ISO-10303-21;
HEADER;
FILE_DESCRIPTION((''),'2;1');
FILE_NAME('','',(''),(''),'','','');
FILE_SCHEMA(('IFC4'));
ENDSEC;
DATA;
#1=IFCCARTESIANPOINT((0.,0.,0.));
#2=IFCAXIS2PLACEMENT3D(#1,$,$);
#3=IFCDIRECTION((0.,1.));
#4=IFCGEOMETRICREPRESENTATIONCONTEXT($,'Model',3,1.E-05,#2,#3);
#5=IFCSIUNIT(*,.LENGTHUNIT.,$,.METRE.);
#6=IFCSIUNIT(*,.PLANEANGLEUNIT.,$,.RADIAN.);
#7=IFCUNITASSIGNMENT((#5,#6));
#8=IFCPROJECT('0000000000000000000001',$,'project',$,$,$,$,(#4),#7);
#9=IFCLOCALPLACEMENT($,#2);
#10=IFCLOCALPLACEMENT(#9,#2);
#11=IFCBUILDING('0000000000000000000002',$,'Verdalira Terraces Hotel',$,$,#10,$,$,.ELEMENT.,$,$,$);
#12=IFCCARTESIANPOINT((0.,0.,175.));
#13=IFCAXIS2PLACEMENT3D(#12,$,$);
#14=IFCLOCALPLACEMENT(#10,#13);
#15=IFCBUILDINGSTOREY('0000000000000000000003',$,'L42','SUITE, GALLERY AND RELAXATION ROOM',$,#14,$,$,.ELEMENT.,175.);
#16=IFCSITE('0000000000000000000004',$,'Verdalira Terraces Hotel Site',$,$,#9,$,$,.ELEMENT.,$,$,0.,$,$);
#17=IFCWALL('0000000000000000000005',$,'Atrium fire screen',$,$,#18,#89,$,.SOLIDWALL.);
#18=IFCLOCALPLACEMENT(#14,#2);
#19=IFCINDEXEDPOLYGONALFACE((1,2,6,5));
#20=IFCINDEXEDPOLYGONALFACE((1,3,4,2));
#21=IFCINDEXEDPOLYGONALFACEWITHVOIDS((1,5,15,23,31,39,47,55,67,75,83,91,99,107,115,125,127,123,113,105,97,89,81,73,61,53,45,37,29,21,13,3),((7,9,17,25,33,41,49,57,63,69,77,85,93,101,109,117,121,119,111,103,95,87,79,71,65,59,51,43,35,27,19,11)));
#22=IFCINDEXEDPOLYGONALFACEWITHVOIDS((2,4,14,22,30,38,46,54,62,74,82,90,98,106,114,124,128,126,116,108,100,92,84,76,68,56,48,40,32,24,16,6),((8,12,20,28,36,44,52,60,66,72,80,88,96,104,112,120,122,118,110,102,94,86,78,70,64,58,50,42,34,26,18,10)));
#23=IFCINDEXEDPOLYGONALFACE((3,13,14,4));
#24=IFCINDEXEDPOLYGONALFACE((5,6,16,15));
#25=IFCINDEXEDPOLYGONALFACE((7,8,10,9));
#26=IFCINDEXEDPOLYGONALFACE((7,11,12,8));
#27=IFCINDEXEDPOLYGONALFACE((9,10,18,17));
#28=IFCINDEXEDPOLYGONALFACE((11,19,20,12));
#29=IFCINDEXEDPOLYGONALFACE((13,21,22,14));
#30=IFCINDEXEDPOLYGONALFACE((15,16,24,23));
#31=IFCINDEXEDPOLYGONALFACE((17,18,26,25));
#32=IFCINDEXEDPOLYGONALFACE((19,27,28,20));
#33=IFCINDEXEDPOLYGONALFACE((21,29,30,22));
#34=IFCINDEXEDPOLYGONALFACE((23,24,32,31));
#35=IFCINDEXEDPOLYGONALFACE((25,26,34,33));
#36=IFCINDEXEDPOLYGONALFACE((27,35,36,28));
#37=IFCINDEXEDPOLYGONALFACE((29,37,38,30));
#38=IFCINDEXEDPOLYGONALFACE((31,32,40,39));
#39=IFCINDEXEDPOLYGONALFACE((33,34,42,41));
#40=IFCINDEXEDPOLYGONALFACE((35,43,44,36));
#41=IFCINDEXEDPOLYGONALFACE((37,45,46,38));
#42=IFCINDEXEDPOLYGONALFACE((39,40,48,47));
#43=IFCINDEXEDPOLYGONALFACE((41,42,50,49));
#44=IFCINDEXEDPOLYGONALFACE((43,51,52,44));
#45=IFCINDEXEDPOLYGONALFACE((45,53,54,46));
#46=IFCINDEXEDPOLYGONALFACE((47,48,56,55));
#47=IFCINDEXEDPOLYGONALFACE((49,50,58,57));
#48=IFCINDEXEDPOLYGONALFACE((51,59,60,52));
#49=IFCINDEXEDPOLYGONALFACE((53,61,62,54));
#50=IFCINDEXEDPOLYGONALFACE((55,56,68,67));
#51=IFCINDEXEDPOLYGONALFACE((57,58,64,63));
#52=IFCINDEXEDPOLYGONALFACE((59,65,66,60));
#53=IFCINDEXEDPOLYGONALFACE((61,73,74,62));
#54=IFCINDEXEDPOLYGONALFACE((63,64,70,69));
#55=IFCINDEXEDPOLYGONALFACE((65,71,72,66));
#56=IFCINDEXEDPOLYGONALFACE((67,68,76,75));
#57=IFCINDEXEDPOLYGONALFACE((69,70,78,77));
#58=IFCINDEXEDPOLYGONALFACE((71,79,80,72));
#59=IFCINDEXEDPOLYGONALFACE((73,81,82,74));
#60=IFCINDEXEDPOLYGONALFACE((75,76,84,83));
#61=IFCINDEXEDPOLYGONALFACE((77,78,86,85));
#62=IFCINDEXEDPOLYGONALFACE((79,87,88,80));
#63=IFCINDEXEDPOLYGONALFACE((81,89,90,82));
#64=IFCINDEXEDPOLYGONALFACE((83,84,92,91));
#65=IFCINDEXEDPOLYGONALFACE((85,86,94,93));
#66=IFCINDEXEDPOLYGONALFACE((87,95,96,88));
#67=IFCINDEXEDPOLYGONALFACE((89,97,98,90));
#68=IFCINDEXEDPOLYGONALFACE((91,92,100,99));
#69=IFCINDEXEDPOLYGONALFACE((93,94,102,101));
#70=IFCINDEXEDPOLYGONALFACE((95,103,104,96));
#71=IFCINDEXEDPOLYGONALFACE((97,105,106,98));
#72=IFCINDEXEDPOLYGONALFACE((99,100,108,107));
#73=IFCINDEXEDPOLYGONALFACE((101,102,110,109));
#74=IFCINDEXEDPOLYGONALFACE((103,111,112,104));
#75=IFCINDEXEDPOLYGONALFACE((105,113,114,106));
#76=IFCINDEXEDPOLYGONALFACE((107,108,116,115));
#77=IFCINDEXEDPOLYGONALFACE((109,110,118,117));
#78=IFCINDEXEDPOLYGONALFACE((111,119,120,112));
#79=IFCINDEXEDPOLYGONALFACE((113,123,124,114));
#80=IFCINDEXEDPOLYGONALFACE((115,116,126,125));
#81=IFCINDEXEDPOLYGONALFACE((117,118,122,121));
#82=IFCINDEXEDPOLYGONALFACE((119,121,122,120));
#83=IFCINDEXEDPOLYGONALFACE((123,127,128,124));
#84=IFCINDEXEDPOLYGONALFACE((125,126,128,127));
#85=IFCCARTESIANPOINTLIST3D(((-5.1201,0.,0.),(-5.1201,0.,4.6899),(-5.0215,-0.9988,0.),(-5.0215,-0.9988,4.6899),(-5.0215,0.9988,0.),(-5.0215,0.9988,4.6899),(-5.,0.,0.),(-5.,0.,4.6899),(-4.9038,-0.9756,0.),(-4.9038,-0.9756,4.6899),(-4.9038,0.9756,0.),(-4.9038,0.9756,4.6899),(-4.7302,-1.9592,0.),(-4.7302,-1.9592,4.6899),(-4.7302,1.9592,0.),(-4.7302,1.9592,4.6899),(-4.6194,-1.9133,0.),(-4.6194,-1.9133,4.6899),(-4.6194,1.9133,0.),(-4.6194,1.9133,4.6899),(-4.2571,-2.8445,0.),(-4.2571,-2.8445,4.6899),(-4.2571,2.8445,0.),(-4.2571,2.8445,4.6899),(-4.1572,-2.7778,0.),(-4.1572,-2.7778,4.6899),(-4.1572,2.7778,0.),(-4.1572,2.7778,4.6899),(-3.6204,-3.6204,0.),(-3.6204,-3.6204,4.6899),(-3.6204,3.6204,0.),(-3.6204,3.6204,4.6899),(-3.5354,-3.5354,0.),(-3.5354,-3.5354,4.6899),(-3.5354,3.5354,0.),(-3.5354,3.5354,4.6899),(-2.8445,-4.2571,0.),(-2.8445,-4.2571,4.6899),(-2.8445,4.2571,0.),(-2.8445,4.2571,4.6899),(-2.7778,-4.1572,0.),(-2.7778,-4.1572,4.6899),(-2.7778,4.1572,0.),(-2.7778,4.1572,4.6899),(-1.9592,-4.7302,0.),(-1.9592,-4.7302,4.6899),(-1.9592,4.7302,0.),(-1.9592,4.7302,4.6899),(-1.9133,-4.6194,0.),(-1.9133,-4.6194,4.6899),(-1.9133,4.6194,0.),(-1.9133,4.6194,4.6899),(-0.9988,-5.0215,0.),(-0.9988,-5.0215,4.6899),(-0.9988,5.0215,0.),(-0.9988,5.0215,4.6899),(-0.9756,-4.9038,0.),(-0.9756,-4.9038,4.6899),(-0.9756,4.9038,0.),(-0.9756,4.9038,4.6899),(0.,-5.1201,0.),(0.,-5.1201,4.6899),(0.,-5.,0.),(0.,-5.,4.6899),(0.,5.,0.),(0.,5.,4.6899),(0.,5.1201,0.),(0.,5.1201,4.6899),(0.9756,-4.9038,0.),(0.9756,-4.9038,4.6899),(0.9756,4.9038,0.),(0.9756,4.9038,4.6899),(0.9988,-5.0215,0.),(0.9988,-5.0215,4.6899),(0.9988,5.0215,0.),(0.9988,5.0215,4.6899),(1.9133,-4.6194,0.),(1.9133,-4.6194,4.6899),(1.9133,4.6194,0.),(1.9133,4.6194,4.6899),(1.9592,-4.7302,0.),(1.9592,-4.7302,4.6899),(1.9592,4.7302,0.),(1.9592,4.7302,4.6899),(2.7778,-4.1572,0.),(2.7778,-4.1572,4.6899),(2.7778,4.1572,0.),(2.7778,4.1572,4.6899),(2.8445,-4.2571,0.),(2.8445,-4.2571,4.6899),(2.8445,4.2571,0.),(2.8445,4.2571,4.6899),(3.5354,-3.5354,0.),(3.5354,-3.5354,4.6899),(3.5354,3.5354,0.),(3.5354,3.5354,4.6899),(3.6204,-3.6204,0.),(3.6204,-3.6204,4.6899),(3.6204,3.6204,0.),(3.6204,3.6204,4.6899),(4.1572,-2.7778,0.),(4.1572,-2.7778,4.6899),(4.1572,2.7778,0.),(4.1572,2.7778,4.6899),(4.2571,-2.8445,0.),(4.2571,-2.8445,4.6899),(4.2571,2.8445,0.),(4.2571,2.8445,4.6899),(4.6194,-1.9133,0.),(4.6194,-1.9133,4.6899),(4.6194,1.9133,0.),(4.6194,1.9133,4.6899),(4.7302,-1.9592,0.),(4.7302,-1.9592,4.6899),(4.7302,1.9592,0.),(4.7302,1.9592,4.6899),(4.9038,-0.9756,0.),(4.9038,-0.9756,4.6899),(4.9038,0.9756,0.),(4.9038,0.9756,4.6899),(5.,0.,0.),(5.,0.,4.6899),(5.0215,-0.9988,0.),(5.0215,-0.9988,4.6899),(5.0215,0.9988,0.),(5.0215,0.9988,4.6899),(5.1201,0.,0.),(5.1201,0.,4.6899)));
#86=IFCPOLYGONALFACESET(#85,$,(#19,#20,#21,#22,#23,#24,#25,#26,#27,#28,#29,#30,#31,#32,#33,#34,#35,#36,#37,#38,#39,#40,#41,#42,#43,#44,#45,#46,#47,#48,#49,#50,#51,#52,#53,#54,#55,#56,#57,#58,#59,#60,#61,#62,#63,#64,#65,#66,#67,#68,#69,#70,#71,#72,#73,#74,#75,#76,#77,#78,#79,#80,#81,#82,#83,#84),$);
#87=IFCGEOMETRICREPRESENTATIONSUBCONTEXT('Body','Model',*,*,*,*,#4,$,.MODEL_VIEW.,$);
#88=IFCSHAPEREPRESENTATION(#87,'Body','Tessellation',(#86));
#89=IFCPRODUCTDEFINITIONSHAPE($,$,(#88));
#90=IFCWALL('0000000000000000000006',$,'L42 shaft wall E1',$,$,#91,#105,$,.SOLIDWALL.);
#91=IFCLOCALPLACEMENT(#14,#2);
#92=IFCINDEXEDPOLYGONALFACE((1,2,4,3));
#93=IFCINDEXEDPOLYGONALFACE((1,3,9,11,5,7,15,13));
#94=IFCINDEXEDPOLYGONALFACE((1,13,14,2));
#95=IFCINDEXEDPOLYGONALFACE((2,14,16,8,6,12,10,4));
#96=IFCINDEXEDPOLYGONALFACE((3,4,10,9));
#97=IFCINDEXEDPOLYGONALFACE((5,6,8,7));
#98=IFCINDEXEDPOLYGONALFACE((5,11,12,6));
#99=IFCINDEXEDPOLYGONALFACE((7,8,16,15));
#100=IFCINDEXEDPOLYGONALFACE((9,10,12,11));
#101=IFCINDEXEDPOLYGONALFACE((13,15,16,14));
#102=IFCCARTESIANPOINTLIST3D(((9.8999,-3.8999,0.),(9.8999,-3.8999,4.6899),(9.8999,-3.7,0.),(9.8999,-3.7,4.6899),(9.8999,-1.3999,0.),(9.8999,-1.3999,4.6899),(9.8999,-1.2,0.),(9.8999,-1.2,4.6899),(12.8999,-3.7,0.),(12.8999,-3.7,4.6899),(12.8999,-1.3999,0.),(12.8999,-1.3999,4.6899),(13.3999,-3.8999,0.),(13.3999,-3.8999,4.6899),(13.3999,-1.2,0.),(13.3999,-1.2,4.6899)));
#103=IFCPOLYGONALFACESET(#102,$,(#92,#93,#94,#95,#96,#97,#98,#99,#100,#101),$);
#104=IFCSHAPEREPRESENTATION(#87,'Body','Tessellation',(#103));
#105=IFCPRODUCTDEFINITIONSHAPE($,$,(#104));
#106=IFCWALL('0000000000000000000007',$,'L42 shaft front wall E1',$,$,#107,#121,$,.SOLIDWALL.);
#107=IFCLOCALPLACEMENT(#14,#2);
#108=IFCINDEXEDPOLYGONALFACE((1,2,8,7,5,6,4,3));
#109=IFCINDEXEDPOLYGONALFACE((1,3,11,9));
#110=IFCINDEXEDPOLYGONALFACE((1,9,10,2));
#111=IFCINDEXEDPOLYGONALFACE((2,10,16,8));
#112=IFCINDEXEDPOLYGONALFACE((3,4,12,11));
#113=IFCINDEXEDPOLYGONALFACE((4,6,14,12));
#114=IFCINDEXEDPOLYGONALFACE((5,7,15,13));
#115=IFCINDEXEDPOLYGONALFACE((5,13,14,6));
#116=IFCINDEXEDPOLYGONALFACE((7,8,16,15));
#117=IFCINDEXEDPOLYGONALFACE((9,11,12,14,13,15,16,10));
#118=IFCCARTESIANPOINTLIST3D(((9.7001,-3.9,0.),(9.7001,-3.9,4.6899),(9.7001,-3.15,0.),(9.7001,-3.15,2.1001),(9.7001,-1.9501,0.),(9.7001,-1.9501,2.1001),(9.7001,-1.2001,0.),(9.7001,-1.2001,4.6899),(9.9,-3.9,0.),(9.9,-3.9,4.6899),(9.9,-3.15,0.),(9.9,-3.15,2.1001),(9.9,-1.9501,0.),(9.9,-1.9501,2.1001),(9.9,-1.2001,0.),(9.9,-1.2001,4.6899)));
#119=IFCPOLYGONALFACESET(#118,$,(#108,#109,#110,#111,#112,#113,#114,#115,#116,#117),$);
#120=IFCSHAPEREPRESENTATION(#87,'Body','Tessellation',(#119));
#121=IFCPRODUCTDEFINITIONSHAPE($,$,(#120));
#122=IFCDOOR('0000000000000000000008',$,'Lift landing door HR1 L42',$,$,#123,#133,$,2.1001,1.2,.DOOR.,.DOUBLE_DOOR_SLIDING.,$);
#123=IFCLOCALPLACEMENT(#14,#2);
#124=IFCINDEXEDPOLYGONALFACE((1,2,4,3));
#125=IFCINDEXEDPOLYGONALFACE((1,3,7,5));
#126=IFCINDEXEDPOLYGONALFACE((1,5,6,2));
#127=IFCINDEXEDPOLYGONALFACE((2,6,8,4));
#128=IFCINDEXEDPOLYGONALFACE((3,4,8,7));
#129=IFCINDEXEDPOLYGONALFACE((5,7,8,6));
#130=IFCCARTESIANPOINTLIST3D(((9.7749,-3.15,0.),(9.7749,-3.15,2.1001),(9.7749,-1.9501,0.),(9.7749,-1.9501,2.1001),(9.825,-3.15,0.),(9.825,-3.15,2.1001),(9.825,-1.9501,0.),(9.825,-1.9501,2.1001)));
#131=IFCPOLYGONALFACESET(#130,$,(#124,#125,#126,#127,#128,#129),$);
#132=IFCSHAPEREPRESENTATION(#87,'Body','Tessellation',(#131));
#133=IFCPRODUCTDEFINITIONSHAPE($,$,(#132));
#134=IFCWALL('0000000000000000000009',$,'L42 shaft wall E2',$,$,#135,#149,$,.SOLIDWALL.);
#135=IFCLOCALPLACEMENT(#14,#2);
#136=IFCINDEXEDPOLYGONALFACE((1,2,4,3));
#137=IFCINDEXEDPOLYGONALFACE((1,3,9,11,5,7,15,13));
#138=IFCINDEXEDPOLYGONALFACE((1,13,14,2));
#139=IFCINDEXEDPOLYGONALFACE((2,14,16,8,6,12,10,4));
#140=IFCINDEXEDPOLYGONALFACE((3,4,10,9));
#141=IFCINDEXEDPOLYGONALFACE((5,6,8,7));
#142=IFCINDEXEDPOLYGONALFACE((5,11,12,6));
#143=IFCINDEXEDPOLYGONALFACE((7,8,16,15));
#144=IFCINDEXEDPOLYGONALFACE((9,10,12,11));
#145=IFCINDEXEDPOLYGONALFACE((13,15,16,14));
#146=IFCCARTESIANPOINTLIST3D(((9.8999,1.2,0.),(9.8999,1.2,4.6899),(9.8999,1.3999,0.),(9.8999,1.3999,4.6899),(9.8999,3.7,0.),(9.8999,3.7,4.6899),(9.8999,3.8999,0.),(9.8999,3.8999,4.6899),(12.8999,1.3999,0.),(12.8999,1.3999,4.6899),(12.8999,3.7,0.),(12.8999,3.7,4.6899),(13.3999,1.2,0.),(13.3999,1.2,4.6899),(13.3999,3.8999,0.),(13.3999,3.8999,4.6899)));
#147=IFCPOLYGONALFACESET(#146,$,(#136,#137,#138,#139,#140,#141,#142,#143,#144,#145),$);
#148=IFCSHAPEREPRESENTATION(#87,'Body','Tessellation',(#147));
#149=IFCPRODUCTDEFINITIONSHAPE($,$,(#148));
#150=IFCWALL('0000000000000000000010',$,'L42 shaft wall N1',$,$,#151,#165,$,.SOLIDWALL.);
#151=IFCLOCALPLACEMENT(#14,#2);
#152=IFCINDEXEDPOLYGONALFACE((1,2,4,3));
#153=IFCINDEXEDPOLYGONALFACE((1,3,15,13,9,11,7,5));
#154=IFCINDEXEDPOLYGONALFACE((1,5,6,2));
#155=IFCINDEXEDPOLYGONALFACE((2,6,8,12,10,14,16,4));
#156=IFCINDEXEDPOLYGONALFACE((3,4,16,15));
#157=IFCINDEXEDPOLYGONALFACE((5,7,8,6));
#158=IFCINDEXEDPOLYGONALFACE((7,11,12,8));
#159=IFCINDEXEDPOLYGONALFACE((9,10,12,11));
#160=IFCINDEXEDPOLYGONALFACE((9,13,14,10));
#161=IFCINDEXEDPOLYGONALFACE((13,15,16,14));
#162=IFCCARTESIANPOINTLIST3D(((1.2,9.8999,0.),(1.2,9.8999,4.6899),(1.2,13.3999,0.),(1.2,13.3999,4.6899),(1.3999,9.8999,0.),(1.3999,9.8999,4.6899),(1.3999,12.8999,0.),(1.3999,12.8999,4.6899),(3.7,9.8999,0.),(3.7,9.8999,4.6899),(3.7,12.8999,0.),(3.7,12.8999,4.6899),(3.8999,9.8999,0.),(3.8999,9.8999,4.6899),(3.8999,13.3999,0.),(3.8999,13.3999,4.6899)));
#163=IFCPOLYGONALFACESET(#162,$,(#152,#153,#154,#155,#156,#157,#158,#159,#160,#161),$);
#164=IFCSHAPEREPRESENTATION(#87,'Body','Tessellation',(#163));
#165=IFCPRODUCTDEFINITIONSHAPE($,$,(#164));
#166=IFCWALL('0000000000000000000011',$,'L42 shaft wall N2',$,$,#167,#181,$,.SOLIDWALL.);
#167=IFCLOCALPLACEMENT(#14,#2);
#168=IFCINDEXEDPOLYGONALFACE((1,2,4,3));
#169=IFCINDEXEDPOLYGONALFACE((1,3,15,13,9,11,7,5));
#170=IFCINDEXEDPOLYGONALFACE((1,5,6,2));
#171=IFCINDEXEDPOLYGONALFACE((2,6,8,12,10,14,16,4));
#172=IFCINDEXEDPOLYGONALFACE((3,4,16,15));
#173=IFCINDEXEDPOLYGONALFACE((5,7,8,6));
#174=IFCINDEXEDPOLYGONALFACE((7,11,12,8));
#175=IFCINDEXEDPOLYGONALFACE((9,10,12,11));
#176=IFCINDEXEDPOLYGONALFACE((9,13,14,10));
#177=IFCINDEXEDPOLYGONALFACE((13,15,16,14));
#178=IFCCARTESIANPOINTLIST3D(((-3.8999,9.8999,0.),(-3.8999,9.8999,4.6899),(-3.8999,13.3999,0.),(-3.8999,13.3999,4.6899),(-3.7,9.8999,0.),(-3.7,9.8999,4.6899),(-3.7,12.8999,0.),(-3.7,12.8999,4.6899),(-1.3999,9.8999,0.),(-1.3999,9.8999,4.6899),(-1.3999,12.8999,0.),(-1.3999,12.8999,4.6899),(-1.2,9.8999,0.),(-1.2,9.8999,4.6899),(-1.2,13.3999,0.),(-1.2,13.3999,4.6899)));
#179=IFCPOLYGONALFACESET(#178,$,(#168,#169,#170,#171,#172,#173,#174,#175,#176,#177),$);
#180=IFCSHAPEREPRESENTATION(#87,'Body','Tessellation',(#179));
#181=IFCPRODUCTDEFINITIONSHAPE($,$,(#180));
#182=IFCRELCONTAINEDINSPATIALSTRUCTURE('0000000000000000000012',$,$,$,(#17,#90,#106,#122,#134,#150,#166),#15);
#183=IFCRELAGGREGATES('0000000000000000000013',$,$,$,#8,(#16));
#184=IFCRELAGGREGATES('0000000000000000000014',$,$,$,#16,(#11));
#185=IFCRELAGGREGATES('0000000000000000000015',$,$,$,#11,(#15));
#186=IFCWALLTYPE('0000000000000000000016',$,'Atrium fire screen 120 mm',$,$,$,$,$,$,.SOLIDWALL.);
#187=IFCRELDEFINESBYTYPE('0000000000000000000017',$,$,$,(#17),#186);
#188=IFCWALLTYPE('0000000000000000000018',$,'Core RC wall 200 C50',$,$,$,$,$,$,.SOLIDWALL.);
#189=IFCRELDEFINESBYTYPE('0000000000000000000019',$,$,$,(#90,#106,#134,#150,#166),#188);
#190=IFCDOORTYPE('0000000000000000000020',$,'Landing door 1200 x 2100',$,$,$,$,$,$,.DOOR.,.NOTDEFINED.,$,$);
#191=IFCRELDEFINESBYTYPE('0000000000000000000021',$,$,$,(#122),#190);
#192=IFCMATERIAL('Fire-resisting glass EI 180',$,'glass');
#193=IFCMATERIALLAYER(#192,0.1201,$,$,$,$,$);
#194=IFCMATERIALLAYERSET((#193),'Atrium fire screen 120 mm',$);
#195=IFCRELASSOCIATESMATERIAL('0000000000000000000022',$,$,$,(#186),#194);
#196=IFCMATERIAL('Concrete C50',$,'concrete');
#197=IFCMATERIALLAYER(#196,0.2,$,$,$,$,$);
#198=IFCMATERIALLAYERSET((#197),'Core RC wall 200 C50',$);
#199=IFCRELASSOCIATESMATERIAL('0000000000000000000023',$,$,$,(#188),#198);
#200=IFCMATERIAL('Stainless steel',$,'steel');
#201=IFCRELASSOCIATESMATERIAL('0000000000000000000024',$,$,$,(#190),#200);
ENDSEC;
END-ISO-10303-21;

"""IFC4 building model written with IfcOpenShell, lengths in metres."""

from ifc_helpers import new_model, si_unit, direction, frame, frame_2d, origin, place, context, subcontext, project, spatial, polyline, rectangle, outline, extrude, material, layer, layer_set, type_object, element, fill, save


model = new_model("IFC4")

# Units and contexts
model_context = context("Model", 3, precision=1e-05, world=origin(), true_north=direction((0.0, 1.0)))
body_context = subcontext(model_context, "Body", "Model", "MODEL_VIEW")
ifc_project = project(units=[si_unit("LENGTHUNIT", "METRE"), si_unit("PLANEANGLEUNIT", "RADIAN")], contexts=[model_context])

# Site, building, storey
site_placement = place(None, origin())
site = spatial("IfcSite", under=ifc_project, at=site_placement, Name="Verdalira Terraces Hotel Site", CompositionType="ELEMENT", RefElevation=0.0)
building_placement = place(site_placement, origin())
building = spatial("IfcBuilding", under=site, at=building_placement, Name="Verdalira Terraces Hotel", CompositionType="ELEMENT")
storey_placement = place(building_placement, frame((0.0, 0.0, 175.0)))
storey = spatial("IfcBuildingStorey", under=building, at=storey_placement, Name="L42", Description="SUITE, GALLERY AND RELAXATION ROOM", CompositionType="ELEMENT", Elevation=175.0)

# Walls
ifc_material_1 = material(Name="Fire-resisting glass EI 180", Category="glass")
ifc_layer_1 = layer(ifc_material_1, 0.1201)
ifc_layer_set_1 = layer_set([ifc_layer_1], Name="Atrium fire screen 120 mm")
wall_type_1 = type_object("IfcWallType", Name="Atrium fire screen 120 mm", PredefinedType="SOLIDWALL", material=ifc_layer_set_1)
wall_1_placement = place(storey_placement, origin())
element("IfcWall", 1, at=wall_1_placement, inside=storey, type_object=wall_type_1, Name="Atrium fire screen", PredefinedType="SOLIDWALL", context=body_context, shape_type="SweptSolid", body=[
    extrude(outline(polyline([(5.0215, -0.9988), (4.7302, -1.9592), (4.2571, -2.8445), (3.6204, -3.6204), (2.8445, -4.2571), (1.9592, -4.7302), (0.9988, -5.0215), (0.0, -5.1201), (-0.9988, -5.0215), (-1.9592, -4.7302), (-2.8445, -4.2571), (-3.6204, -3.6204), (-4.2571, -2.8445), (-4.7302, -1.9592), (-5.0215, -0.9988), (-5.1201, 0.0), (-5.0215, 0.9988), (-4.7302, 1.9592), (-4.2571, 2.8445), (-3.6204, 3.6204), (-2.8445, 4.2571), (-1.9592, 4.7302), (-0.9988, 5.0215), (0.0, 5.1201), (0.9988, 5.0215), (1.9592, 4.7302), (2.8445, 4.2571), (3.6204, 3.6204), (4.2571, 2.8445), (4.7302, 1.9592), (5.0215, 0.9988), (5.1201, 0.0), (5.0215, -0.9988)]), holes=[polyline([(4.9038, 0.9756), (4.6194, 1.9133), (4.1572, 2.7778), (3.5354, 3.5354), (2.7778, 4.1572), (1.9133, 4.6194), (0.9756, 4.9038), (0.0, 5.0), (-0.9756, 4.9038), (-1.9133, 4.6194), (-2.7778, 4.1572), (-3.5354, 3.5354), (-4.1572, 2.7778), (-4.6194, 1.9133), (-4.9038, 0.9756), (-5.0, 0.0), (-4.9038, -0.9756), (-4.6194, -1.9133), (-4.1572, -2.7778), (-3.5354, -3.5354), (-2.7778, -4.1572), (-1.9133, -4.6194), (-0.9756, -4.9038), (0.0, -5.0), (0.9756, -4.9038), (1.9133, -4.6194), (2.7778, -4.1572), (3.5354, -3.5354), (4.1572, -2.7778), (4.6194, -1.9133), (4.9038, -0.9756), (5.0, 0.0), (4.9038, 0.9756)])]), origin(), (0.0, 0.0, 1.0), 4.6899),
])
ifc_material_2 = material(Name="Concrete C50", Category="concrete")
ifc_layer_2 = layer(ifc_material_2, 0.2)
ifc_layer_set_2 = layer_set([ifc_layer_2], Name="Core RC wall 200 C50")
wall_type_2 = type_object("IfcWallType", Name="Core RC wall 200 C50", PredefinedType="SOLIDWALL", material=ifc_layer_set_2)
wall_2_placement = place(storey_placement, origin())
element("IfcWall", 2, at=wall_2_placement, inside=storey, type_object=wall_type_2, Name="L42 shaft wall E1", PredefinedType="SOLIDWALL", context=body_context, shape_type="SweptSolid", body=[
    extrude(outline(polyline([(13.3999, -3.8999), (9.8999, -3.8999), (9.8999, -3.7), (12.8999, -3.7), (12.8999, -1.3999), (9.8999, -1.3999), (9.8999, -1.2), (13.3999, -1.2), (13.3999, -3.8999)])), origin(), (0.0, 0.0, 1.0), 4.6899),
])

# Wall, opening, door
wall_3_placement = place(storey_placement, frame((9.8, -1.2, 0.0), z_axis=(0.0, 0.0, 1.0), x_axis=(0.0, -1.0, 0.0)))
wall_3 = element("IfcWall", 3, at=wall_3_placement, inside=storey, type_object=wall_type_2, Name="L42 shaft front wall E1", PredefinedType="SOLIDWALL", context=body_context, shape_type="SweptSolid", body=[
    extrude(rectangle(XDim=2.7, YDim=0.2, at=frame_2d((1.3501, 0.0))), origin(), (0.0, 0.0, 1.0), 4.6899),
])
opening_placement = place(wall_3_placement, frame((0.75, 0.0, 0.0)))
opening = element("IfcOpeningElement", 4, at=opening_placement, cuts=wall_3, PredefinedType="OPENING", context=body_context, shape_type="SweptSolid", body=[
    extrude(rectangle(XDim=1.2, YDim=2.1001, at=frame_2d((0.6001, 1.05))), frame((0.0, 0.1099, 0.0), z_axis=(0.0, -1.0, 0.0), x_axis=(1.0, 0.0, 0.0)), (0.0, 0.0, 1.0), 0.22),
])
ifc_material_3 = material(Name="Stainless steel", Category="steel")
door_type = type_object("IfcDoorType", Name="Landing door 1200 x 2100", OperationType="NOTDEFINED", PredefinedType="DOOR", material=ifc_material_3)
door_placement = place(opening_placement, origin())
door = element("IfcDoor", 5, at=door_placement, inside=storey, type_object=door_type, Name="Lift landing door HR1 L42", OperationType="DOUBLE_DOOR_SLIDING", OverallHeight=2.1001, OverallWidth=1.2, PredefinedType="DOOR", context=body_context, shape_type="SweptSolid", body=[
    extrude(rectangle(XDim=1.2, YDim=2.1001, at=frame_2d((0.6001, 1.05))), frame((0.0, 0.0249, 0.0), z_axis=(0.0, -1.0, 0.0), x_axis=(1.0, 0.0, 0.0)), (0.0, 0.0, 1.0), 0.05),
])
fill(opening, door)

# Walls
wall_4_placement = place(storey_placement, origin())
element("IfcWall", 6, at=wall_4_placement, inside=storey, type_object=wall_type_2, Name="L42 shaft wall E2", PredefinedType="SOLIDWALL", context=body_context, shape_type="SweptSolid", body=[
    extrude(outline(polyline([(13.3999, 3.8999), (13.3999, 1.2), (9.8999, 1.2), (9.8999, 1.3999), (12.8999, 1.3999), (12.8999, 3.7), (9.8999, 3.7), (9.8999, 3.8999), (13.3999, 3.8999)])), origin(), (0.0, 0.0, 1.0), 4.6899),
])
wall_5_placement = place(storey_placement, origin())
element("IfcWall", 7, at=wall_5_placement, inside=storey, type_object=wall_type_2, Name="L42 shaft wall N1", PredefinedType="SOLIDWALL", context=body_context, shape_type="SweptSolid", body=[
    extrude(outline(polyline([(3.8999, 9.8999), (3.7, 9.8999), (3.7, 12.8999), (1.3999, 12.8999), (1.3999, 9.8999), (1.2, 9.8999), (1.2, 13.3999), (3.8999, 13.3999), (3.8999, 9.8999)])), origin(), (0.0, 0.0, 1.0), 4.6899),
])
wall_6_placement = place(storey_placement, origin())
element("IfcWall", 8, at=wall_6_placement, inside=storey, type_object=wall_type_2, Name="L42 shaft wall N2", PredefinedType="SOLIDWALL", context=body_context, shape_type="SweptSolid", body=[
    extrude(outline(polyline([(-3.8999, 13.3999), (-1.2, 13.3999), (-1.2, 9.8999), (-1.3999, 9.8999), (-1.3999, 12.8999), (-3.7, 12.8999), (-3.7, 9.8999), (-3.8999, 9.8999), (-3.8999, 13.3999)])), origin(), (0.0, 0.0, 1.0), 4.6899),
])

save(model, "model.ifc")
